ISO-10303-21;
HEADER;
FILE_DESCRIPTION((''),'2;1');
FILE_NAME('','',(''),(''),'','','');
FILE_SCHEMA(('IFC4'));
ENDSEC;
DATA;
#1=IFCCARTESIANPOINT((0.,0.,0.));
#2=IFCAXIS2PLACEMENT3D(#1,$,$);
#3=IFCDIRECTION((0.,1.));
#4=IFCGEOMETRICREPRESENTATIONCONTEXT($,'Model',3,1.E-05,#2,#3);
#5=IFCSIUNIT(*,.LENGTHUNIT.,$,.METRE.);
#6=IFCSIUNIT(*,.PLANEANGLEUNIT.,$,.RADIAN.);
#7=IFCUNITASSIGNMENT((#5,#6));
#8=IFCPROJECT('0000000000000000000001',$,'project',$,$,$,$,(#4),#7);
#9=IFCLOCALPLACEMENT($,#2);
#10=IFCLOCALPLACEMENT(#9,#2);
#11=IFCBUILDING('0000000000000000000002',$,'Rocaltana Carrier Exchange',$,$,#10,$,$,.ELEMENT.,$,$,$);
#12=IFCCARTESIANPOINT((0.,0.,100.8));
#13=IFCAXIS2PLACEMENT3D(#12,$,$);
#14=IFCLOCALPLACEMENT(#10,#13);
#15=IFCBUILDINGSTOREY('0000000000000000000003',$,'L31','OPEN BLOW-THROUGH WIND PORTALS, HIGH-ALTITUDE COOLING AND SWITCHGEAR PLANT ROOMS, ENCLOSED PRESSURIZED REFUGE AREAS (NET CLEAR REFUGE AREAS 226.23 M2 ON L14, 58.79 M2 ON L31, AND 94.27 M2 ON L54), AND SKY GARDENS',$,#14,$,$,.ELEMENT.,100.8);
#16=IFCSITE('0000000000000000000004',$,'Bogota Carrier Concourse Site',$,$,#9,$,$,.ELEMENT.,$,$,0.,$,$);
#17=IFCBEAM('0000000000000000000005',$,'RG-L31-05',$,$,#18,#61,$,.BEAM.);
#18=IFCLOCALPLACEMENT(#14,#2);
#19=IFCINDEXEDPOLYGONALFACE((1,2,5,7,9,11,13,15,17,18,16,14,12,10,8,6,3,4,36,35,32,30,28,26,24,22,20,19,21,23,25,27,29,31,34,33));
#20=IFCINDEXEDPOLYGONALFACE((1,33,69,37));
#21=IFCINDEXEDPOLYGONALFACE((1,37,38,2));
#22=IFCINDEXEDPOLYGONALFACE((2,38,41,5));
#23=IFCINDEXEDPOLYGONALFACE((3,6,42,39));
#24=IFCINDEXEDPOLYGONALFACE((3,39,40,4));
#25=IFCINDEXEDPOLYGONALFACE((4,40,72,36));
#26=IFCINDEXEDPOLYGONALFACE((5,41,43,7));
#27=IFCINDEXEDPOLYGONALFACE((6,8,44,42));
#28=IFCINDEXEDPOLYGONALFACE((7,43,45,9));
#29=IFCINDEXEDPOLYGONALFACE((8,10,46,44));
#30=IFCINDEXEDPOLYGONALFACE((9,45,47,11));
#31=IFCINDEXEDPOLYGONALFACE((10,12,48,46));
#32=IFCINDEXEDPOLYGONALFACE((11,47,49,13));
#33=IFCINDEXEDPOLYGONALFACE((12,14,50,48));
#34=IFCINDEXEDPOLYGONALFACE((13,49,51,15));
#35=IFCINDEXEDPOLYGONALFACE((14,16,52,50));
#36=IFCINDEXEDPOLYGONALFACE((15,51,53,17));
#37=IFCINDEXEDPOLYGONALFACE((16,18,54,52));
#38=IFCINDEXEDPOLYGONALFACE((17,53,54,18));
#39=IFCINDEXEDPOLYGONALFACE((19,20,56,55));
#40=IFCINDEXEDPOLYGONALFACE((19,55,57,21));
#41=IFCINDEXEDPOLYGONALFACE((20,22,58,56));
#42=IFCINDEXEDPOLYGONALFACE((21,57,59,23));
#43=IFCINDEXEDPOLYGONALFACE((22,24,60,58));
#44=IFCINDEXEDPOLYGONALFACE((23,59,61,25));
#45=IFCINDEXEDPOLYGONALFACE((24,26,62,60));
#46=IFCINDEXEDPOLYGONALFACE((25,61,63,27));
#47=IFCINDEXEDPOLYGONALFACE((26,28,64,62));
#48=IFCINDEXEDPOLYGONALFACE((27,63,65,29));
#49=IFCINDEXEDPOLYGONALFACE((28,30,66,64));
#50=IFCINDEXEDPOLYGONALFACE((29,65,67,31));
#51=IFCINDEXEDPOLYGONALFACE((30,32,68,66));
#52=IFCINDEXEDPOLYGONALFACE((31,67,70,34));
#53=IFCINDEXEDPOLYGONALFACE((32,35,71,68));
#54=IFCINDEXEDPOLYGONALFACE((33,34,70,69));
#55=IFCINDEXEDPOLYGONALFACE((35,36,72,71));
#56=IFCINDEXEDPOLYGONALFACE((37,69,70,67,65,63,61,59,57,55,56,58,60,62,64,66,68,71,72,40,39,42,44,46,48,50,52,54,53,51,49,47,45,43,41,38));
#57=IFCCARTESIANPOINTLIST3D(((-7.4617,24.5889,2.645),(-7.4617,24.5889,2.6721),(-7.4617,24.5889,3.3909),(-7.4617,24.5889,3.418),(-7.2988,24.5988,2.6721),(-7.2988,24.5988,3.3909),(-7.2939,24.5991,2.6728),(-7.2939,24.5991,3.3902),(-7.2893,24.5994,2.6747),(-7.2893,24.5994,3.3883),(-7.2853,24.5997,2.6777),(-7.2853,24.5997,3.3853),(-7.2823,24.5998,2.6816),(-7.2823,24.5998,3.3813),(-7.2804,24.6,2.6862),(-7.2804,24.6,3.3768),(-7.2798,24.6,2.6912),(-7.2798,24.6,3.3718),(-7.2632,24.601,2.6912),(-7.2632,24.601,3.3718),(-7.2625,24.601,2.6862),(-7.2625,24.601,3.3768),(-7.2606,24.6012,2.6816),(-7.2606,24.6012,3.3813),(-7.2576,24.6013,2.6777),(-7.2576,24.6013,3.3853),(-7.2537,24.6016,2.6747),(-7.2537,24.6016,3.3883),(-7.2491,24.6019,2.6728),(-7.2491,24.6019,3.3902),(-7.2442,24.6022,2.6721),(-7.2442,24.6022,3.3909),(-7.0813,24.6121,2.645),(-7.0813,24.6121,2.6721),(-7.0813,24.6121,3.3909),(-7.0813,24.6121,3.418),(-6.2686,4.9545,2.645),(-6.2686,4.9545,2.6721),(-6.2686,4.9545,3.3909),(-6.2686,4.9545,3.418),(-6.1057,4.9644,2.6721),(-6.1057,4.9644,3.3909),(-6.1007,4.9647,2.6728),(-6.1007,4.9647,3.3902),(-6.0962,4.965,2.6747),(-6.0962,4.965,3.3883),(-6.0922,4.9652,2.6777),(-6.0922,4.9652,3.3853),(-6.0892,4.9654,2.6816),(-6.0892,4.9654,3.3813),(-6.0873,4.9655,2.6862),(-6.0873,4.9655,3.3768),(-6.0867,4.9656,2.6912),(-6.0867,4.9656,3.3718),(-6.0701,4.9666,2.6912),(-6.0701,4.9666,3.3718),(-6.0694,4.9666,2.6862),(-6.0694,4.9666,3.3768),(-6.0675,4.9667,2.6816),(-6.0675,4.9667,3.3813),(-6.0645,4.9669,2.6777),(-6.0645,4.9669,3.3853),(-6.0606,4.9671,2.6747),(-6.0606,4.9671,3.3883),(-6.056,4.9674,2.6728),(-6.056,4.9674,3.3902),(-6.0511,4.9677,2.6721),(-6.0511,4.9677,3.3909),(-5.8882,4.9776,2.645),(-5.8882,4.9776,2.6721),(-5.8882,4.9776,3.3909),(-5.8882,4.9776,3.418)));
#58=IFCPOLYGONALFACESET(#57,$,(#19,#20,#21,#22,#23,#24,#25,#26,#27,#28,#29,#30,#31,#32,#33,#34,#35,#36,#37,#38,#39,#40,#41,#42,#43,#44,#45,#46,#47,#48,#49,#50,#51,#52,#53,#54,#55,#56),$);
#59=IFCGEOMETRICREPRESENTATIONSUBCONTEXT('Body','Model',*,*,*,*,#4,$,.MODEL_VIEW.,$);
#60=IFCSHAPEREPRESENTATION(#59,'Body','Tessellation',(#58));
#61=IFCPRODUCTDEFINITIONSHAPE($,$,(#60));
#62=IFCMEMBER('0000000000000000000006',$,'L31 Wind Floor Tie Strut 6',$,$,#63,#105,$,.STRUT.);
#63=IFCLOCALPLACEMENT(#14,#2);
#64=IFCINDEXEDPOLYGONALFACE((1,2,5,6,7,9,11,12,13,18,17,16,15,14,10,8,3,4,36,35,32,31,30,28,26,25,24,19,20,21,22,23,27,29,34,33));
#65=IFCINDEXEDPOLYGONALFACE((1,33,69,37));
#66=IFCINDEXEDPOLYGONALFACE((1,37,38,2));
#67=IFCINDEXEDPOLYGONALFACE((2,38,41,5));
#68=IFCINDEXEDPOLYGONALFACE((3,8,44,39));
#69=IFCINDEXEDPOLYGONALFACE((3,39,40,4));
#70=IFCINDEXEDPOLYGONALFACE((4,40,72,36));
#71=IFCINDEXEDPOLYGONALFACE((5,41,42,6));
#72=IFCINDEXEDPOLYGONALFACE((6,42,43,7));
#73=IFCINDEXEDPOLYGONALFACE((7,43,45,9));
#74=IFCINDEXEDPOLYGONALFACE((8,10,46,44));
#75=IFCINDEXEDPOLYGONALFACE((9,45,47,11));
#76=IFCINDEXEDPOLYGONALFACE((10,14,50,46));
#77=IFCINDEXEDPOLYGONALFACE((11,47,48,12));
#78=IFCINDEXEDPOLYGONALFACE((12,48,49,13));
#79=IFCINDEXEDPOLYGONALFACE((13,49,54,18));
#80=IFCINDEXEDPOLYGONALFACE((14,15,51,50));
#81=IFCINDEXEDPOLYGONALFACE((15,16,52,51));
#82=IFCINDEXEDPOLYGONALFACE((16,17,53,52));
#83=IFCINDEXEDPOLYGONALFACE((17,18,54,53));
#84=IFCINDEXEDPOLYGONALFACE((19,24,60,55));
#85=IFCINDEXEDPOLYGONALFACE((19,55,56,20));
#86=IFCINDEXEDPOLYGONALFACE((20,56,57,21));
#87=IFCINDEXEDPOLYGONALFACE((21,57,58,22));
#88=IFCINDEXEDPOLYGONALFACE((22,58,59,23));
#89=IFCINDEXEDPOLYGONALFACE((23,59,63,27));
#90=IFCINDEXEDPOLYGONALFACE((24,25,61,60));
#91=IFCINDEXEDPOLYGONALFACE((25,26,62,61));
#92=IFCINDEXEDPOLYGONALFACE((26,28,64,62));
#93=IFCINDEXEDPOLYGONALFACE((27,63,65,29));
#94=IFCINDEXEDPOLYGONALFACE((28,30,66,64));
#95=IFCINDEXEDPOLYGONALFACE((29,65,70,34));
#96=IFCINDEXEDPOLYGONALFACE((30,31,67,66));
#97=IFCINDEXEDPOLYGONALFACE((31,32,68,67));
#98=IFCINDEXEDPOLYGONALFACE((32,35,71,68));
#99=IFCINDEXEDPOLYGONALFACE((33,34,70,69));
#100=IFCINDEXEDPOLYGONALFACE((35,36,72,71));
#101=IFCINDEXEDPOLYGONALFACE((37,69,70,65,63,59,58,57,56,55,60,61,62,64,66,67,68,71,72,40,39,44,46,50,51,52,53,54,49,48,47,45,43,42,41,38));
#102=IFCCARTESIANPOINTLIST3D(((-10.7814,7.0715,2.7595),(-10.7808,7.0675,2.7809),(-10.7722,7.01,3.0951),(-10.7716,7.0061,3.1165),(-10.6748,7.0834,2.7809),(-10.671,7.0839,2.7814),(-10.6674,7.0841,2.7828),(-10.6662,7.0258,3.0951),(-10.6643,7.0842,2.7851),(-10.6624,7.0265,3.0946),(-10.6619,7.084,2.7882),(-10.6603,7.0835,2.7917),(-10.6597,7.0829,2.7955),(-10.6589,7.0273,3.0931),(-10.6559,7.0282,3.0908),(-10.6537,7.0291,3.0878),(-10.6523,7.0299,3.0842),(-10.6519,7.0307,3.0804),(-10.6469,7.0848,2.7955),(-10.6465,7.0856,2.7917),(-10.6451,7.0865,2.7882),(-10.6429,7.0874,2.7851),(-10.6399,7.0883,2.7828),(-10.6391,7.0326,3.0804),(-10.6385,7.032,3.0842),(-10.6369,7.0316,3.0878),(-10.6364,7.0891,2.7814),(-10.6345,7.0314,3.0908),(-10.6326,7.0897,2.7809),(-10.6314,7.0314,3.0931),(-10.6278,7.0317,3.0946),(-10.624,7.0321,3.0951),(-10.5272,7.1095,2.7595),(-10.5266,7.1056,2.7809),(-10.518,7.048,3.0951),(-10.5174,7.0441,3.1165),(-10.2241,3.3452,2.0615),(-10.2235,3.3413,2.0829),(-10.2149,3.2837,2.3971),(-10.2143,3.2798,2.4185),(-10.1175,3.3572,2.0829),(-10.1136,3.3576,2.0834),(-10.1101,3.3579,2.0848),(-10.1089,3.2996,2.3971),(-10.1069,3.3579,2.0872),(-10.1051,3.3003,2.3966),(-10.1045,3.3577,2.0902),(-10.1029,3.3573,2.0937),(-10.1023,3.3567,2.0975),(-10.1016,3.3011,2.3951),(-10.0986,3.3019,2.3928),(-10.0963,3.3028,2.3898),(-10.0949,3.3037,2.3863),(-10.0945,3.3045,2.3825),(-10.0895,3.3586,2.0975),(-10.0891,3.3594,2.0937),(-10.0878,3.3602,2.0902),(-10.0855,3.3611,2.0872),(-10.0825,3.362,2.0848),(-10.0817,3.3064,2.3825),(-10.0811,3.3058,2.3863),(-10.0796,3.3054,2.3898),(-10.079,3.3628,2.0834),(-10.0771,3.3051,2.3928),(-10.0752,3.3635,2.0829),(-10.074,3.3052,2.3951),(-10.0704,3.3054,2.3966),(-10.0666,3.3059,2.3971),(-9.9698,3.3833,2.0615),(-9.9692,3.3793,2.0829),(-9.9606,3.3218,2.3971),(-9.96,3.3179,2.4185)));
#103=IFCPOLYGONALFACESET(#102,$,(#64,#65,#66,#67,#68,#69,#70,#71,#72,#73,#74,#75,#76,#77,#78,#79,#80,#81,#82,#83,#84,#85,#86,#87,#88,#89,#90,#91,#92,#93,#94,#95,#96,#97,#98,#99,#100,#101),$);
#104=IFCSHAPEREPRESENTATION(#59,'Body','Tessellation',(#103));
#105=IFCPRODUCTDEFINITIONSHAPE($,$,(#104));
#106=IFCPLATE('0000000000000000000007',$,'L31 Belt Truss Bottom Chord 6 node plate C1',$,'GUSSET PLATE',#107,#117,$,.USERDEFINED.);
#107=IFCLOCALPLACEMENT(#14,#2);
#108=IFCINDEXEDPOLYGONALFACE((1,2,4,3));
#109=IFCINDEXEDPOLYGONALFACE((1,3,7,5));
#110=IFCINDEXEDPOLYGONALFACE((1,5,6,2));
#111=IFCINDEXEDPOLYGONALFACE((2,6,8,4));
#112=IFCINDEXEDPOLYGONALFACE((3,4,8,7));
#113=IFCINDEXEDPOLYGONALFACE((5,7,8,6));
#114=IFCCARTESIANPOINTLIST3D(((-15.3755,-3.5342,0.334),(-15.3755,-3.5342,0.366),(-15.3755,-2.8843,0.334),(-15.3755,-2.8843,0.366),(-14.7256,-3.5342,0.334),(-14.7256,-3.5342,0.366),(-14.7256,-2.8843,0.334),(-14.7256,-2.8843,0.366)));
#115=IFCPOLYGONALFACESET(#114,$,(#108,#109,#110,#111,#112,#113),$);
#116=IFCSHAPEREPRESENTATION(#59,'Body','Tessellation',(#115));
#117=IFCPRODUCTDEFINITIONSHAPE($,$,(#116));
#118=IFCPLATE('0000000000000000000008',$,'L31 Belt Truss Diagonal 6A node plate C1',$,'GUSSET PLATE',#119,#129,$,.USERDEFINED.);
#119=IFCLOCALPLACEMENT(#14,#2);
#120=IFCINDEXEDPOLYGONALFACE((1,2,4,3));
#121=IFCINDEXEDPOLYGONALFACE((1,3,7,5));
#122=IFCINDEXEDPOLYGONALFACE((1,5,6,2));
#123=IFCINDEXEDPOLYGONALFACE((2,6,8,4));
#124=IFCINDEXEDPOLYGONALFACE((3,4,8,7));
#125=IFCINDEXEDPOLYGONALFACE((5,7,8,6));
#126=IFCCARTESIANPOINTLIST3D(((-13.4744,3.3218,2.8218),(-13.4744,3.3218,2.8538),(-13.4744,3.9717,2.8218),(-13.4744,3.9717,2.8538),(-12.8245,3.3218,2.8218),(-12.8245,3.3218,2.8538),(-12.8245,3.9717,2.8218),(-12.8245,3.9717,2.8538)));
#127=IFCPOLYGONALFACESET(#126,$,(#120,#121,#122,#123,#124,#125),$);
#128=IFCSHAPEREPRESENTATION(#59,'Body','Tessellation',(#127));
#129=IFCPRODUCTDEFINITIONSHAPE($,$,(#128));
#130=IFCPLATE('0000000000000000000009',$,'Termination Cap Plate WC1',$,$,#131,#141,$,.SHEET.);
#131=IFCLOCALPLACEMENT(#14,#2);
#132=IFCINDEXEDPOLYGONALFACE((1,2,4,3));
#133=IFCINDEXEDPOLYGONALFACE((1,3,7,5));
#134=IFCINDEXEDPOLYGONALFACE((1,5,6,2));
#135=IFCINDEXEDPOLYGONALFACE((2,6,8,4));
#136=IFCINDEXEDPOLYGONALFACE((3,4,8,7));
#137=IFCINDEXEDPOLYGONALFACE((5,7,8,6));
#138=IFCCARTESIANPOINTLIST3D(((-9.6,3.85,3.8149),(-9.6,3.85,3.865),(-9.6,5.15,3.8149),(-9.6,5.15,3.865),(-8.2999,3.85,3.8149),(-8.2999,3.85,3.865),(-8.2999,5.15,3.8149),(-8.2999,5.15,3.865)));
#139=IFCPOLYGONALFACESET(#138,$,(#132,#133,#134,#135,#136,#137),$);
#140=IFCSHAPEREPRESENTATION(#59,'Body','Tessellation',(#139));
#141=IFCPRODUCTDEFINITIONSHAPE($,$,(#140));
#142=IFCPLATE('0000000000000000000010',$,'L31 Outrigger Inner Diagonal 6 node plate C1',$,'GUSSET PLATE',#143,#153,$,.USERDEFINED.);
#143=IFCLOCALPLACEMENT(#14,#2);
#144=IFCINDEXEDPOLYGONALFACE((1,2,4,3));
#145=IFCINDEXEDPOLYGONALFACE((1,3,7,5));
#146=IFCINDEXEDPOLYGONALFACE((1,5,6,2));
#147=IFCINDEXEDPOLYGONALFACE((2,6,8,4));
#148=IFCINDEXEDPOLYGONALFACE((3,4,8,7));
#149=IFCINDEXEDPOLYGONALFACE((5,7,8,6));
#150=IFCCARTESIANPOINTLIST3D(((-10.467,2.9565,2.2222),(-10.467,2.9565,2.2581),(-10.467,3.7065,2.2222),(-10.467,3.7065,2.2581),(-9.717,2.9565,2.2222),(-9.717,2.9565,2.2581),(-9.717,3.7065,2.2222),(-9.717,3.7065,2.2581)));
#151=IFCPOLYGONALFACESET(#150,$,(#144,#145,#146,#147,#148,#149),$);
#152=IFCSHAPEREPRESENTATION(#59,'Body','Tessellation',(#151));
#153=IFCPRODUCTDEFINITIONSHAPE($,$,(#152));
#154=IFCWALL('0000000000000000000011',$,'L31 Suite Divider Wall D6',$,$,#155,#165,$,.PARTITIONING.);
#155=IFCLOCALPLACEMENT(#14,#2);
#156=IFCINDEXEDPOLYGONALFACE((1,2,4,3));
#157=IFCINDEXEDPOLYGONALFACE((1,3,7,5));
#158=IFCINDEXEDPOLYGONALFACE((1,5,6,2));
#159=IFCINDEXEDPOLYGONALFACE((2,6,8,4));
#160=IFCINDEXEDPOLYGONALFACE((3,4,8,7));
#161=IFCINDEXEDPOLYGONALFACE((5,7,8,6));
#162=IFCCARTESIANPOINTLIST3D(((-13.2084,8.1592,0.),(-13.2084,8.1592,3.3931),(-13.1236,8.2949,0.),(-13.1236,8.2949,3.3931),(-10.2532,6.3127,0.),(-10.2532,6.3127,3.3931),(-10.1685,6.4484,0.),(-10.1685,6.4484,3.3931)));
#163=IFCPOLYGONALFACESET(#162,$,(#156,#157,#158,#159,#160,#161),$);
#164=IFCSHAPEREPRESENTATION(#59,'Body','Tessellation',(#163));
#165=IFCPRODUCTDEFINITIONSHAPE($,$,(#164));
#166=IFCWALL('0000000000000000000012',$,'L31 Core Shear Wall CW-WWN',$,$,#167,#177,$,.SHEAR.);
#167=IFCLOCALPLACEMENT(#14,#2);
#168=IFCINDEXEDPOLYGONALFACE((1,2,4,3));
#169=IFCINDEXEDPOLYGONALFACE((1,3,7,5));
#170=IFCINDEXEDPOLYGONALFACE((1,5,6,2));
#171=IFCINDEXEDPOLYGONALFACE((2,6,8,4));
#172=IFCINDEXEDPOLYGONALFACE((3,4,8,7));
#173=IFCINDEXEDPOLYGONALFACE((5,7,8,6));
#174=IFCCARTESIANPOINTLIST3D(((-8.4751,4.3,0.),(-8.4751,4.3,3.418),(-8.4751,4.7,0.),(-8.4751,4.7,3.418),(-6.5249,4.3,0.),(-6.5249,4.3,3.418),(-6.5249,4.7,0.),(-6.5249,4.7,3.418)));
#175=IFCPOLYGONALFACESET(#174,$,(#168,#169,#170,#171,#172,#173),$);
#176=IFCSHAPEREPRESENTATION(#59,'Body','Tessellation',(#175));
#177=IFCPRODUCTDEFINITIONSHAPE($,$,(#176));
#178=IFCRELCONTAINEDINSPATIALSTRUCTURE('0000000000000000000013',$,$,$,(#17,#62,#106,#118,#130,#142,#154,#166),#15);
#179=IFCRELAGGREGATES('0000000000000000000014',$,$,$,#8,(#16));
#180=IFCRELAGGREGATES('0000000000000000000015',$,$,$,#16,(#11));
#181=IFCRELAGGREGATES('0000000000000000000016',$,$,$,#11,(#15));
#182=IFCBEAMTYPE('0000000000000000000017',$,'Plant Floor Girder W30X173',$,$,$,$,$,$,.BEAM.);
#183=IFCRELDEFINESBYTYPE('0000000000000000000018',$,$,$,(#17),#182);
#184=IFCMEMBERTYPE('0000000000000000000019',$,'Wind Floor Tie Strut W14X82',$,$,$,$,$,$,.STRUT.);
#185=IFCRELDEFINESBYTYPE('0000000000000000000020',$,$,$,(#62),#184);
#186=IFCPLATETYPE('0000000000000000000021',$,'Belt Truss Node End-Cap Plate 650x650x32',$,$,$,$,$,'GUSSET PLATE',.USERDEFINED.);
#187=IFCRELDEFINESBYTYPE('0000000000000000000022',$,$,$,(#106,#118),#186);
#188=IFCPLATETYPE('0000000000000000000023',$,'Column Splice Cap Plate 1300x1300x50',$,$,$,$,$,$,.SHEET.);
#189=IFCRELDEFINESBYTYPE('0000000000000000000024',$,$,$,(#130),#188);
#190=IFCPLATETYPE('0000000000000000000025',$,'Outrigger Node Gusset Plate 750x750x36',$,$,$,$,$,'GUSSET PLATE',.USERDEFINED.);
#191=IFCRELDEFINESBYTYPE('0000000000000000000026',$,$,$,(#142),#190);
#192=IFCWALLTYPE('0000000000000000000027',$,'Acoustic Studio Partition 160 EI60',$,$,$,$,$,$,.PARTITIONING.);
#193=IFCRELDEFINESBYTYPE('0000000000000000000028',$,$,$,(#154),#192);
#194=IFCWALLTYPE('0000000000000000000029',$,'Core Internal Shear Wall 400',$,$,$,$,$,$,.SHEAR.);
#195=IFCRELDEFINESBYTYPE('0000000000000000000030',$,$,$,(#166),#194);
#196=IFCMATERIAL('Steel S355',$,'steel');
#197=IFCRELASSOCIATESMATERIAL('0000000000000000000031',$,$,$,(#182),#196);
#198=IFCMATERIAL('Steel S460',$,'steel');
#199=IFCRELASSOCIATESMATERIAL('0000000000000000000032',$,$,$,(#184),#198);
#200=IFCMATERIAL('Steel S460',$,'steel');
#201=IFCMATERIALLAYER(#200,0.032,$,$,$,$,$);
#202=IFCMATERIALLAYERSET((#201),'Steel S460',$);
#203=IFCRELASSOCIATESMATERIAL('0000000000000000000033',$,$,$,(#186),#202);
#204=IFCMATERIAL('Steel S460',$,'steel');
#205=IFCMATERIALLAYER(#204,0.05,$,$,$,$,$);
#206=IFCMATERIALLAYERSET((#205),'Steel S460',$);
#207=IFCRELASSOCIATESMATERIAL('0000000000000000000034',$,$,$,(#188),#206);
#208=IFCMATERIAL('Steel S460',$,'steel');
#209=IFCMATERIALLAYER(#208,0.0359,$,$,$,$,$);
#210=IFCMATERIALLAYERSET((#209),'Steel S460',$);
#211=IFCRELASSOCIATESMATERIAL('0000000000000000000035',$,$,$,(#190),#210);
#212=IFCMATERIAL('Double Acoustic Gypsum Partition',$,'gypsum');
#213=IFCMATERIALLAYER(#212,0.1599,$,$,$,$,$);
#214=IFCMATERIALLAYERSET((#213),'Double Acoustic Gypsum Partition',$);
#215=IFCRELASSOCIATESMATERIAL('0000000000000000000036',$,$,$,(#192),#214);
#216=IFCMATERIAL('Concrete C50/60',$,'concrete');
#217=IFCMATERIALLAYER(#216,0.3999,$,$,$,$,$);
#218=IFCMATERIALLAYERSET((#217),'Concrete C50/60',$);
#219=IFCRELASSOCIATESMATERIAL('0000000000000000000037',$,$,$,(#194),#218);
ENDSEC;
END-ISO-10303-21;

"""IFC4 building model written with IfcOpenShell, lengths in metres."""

from ifc_helpers import new_model, si_unit, direction, frame, frame_2d, origin, origin_2d, place, context, subcontext, project, spatial, rectangle, i_section, extrude, material, layer, layer_set, material_profile, profile_set, type_object, element, save


model = new_model("IFC4")

# Units and contexts
model_context = context("Model", 3, precision=1e-05, world=origin(), true_north=direction((0.0, 1.0)))
body_context = subcontext(model_context, "Body", "Model", "MODEL_VIEW")
ifc_project = project(units=[si_unit("LENGTHUNIT", "METRE"), si_unit("PLANEANGLEUNIT", "RADIAN")], contexts=[model_context])

# Site, building, storey
site_placement = place(None, origin())
site = spatial("IfcSite", under=ifc_project, at=site_placement, Name="Bogota Carrier Concourse Site", CompositionType="ELEMENT", RefElevation=0.0)
building_placement = place(site_placement, origin())
building = spatial("IfcBuilding", under=site, at=building_placement, Name="Rocaltana Carrier Exchange", CompositionType="ELEMENT")
storey_placement = place(building_placement, frame((0.0, 0.0, 100.8)))
storey = spatial("IfcBuildingStorey", under=building, at=storey_placement, Name="L31", Description="OPEN BLOW-THROUGH WIND PORTALS, HIGH-ALTITUDE COOLING AND SWITCHGEAR PLANT ROOMS, ENCLOSED PRESSURIZED REFUGE AREAS (NET CLEAR REFUGE AREAS 226.23 M2 ON L14, 58.79 M2 ON L31, AND 94.27 M2 ON L54), AND SKY GARDENS", CompositionType="ELEMENT", Elevation=100.8)

# Beam
ifc_material_1 = material(Name="Steel S355", Category="steel")
ifc_material_profile_1 = material_profile(ifc_material_1, i_section(OverallWidth=0.3811, OverallDepth=0.7729, WebThickness=0.0166, FlangeThickness=0.0271, FilletRadius=0.019, at=origin_2d()), Name="W30X173")
ifc_profile_set_1 = profile_set([ifc_material_profile_1], Name="Steel S355")
beam_type_1 = type_object("IfcBeamType", Name="Plant Floor Girder W30X173", PredefinedType="BEAM", material=ifc_profile_set_1)
beam_1_placement = place(storey_placement, frame((-6.0784, 4.9661, 3.0315), z_axis=(-0.060654, 0.998159, 0.0), x_axis=(-0.998159, -0.060654, 0.0)))
element("IfcBeam", 1, at=beam_1_placement, inside=storey, type_object=beam_type_1, Name="RG-L31-05", PredefinedType="BEAM", context=body_context, shape_type="SweptSolid", body=[
    extrude(i_section(OverallWidth=0.3811, OverallDepth=0.7729, WebThickness=0.0166, FlangeThickness=0.0271, FilletRadius=0.019, at=origin_2d()), origin(), (0.0, 0.0, 1.0), 19.6707),
])

# Member
ifc_material_2 = material(Name="Steel S460", Category="steel")
ifc_material_profile_2 = material_profile(ifc_material_2, i_section(OverallWidth=0.2571, OverallDepth=0.363, WebThickness=0.0129, FlangeThickness=0.0217, FilletRadius=0.0149, at=origin_2d()), Name="W14X82")
ifc_profile_set_2 = profile_set([ifc_material_profile_2], Name="Steel S460")
member_type_1 = type_object("IfcMemberType", Name="Wind Floor Tie Strut W14X82", PredefinedType="STRUT", material=ifc_profile_set_2)
member_1_placement = place(storey_placement, frame((-10.092, 3.3315, 2.24), z_axis=(-0.145457, 0.972451, 0.182155), x_axis=(-0.988998, -0.147932, 0.0)))
element("IfcMember", 2, at=member_1_placement, inside=storey, type_object=member_type_1, Name="L31 Wind Floor Tie Strut 6", PredefinedType="STRUT", context=body_context, shape_type="SweptSolid", body=[
    extrude(i_section(OverallWidth=0.2571, OverallDepth=0.363, WebThickness=0.0129, FlangeThickness=0.0217, FilletRadius=0.0149, at=origin_2d()), origin(), (0.0, 0.0, 1.0), 3.8318),
])

# Plates
ifc_material_3 = material(Name="Steel S460", Category="steel")
ifc_layer_1 = layer(ifc_material_3, 0.032)
ifc_layer_set_1 = layer_set([ifc_layer_1], Name="Steel S460")
plate_type_1 = type_object("IfcPlateType", Name="Belt Truss Node End-Cap Plate 650x650x32", ElementType="GUSSET PLATE", PredefinedType="USERDEFINED", material=ifc_layer_set_1)
for number, where, z_axis, x_axis, name in (
    (3, (-15.0505, -3.2092, 0.334), (0.0, 0.0, 1.0), (1.0, 0.0, 0.0), "L31 Belt Truss Bottom Chord 6 node plate C1"),
    (4, (-13.1494, 3.6467, 2.8218), (0.0, 0.0, 1.0), (1.0, 0.0, 0.0), "L31 Belt Truss Diagonal 6A node plate C1"),
):
    element("IfcPlate", number, at=place(storey_placement, frame(where, z_axis=z_axis, x_axis=x_axis)), inside=storey, type_object=plate_type_1, Name=name, ObjectType="GUSSET PLATE", PredefinedType="USERDEFINED", context=body_context, shape_type="SweptSolid", body=[
        extrude(rectangle(XDim=0.6499, YDim=0.6499, at=origin_2d()), origin(), (0.0, 0.0, 1.0), 0.032),
    ])
ifc_material_4 = material(Name="Steel S460", Category="steel")
ifc_layer_2 = layer(ifc_material_4, 0.05)
ifc_layer_set_2 = layer_set([ifc_layer_2], Name="Steel S460")
plate_type_2 = type_object("IfcPlateType", Name="Column Splice Cap Plate 1300x1300x50", PredefinedType="SHEET", material=ifc_layer_set_2)
plate_1_placement = place(storey_placement, frame((-8.95, 4.5, 3.8149), z_axis=(0.0, 0.0, 1.0), x_axis=(1.0, 0.0, 0.0)))
element("IfcPlate", 5, at=plate_1_placement, inside=storey, type_object=plate_type_2, Name="Termination Cap Plate WC1", PredefinedType="SHEET", context=body_context, shape_type="SweptSolid", body=[
    extrude(rectangle(XDim=1.3, YDim=1.3, at=origin_2d()), origin(), (0.0, 0.0, 1.0), 0.05),
])
ifc_material_5 = material(Name="Steel S460", Category="steel")
ifc_layer_3 = layer(ifc_material_5, 0.0359)
ifc_layer_set_3 = layer_set([ifc_layer_3], Name="Steel S460")
plate_type_3 = type_object("IfcPlateType", Name="Outrigger Node Gusset Plate 750x750x36", ElementType="GUSSET PLATE", PredefinedType="USERDEFINED", material=ifc_layer_set_3)
plate_2_placement = place(storey_placement, frame((-10.092, 3.3315, 2.2222), z_axis=(0.0, 0.0, 1.0), x_axis=(1.0, 0.0, 0.0)))
element("IfcPlate", 6, at=plate_2_placement, inside=storey, type_object=plate_type_3, Name="L31 Outrigger Inner Diagonal 6 node plate C1", ObjectType="GUSSET PLATE", PredefinedType="USERDEFINED", context=body_context, shape_type="SweptSolid", body=[
    extrude(rectangle(XDim=0.75, YDim=0.75, at=origin_2d()), origin(), (0.0, 0.0, 1.0), 0.0359),
])

# Walls
ifc_material_6 = material(Name="Double Acoustic Gypsum Partition", Category="gypsum")
ifc_layer_4 = layer(ifc_material_6, 0.1599)
ifc_layer_set_4 = layer_set([ifc_layer_4], Name="Double Acoustic Gypsum Partition")
wall_type_1 = type_object("IfcWallType", Name="Acoustic Studio Partition 160 EI60", PredefinedType="PARTITIONING", material=ifc_layer_set_4)
wall_1_placement = place(storey_placement, frame((-10.2109, 6.3806, 0.0), z_axis=(0.0, 0.0, 1.0), x_axis=(-0.848061, 0.529898, 0.0)))
element("IfcWall", 7, at=wall_1_placement, inside=storey, type_object=wall_type_1, Name="L31 Suite Divider Wall D6", PredefinedType="PARTITIONING", context=body_context, shape_type="SweptSolid", body=[
    extrude(rectangle(XDim=3.4846, YDim=0.1599, at=frame_2d((1.7422, 0.0))), origin(), (0.0, 0.0, 1.0), 3.3931),
])
ifc_material_7 = material(Name="Concrete C50/60", Category="concrete")
ifc_layer_5 = layer(ifc_material_7, 0.3999)
ifc_layer_set_5 = layer_set([ifc_layer_5], Name="Concrete C50/60")
wall_type_2 = type_object("IfcWallType", Name="Core Internal Shear Wall 400", PredefinedType="SHEAR", material=ifc_layer_set_5)
wall_2_placement = place(storey_placement, frame((-8.4751, 4.5, 0.0), z_axis=(0.0, 0.0, 1.0), x_axis=(1.0, 0.0, 0.0)))
element("IfcWall", 8, at=wall_2_placement, inside=storey, type_object=wall_type_2, Name="L31 Core Shear Wall CW-WWN", PredefinedType="SHEAR", context=body_context, shape_type="SweptSolid", body=[
    extrude(rectangle(XDim=1.9502, YDim=0.3999, at=frame_2d((0.9751, 0.0))), origin(), (0.0, 0.0, 1.0), 3.418),
])

save(model, "model.ifc")
